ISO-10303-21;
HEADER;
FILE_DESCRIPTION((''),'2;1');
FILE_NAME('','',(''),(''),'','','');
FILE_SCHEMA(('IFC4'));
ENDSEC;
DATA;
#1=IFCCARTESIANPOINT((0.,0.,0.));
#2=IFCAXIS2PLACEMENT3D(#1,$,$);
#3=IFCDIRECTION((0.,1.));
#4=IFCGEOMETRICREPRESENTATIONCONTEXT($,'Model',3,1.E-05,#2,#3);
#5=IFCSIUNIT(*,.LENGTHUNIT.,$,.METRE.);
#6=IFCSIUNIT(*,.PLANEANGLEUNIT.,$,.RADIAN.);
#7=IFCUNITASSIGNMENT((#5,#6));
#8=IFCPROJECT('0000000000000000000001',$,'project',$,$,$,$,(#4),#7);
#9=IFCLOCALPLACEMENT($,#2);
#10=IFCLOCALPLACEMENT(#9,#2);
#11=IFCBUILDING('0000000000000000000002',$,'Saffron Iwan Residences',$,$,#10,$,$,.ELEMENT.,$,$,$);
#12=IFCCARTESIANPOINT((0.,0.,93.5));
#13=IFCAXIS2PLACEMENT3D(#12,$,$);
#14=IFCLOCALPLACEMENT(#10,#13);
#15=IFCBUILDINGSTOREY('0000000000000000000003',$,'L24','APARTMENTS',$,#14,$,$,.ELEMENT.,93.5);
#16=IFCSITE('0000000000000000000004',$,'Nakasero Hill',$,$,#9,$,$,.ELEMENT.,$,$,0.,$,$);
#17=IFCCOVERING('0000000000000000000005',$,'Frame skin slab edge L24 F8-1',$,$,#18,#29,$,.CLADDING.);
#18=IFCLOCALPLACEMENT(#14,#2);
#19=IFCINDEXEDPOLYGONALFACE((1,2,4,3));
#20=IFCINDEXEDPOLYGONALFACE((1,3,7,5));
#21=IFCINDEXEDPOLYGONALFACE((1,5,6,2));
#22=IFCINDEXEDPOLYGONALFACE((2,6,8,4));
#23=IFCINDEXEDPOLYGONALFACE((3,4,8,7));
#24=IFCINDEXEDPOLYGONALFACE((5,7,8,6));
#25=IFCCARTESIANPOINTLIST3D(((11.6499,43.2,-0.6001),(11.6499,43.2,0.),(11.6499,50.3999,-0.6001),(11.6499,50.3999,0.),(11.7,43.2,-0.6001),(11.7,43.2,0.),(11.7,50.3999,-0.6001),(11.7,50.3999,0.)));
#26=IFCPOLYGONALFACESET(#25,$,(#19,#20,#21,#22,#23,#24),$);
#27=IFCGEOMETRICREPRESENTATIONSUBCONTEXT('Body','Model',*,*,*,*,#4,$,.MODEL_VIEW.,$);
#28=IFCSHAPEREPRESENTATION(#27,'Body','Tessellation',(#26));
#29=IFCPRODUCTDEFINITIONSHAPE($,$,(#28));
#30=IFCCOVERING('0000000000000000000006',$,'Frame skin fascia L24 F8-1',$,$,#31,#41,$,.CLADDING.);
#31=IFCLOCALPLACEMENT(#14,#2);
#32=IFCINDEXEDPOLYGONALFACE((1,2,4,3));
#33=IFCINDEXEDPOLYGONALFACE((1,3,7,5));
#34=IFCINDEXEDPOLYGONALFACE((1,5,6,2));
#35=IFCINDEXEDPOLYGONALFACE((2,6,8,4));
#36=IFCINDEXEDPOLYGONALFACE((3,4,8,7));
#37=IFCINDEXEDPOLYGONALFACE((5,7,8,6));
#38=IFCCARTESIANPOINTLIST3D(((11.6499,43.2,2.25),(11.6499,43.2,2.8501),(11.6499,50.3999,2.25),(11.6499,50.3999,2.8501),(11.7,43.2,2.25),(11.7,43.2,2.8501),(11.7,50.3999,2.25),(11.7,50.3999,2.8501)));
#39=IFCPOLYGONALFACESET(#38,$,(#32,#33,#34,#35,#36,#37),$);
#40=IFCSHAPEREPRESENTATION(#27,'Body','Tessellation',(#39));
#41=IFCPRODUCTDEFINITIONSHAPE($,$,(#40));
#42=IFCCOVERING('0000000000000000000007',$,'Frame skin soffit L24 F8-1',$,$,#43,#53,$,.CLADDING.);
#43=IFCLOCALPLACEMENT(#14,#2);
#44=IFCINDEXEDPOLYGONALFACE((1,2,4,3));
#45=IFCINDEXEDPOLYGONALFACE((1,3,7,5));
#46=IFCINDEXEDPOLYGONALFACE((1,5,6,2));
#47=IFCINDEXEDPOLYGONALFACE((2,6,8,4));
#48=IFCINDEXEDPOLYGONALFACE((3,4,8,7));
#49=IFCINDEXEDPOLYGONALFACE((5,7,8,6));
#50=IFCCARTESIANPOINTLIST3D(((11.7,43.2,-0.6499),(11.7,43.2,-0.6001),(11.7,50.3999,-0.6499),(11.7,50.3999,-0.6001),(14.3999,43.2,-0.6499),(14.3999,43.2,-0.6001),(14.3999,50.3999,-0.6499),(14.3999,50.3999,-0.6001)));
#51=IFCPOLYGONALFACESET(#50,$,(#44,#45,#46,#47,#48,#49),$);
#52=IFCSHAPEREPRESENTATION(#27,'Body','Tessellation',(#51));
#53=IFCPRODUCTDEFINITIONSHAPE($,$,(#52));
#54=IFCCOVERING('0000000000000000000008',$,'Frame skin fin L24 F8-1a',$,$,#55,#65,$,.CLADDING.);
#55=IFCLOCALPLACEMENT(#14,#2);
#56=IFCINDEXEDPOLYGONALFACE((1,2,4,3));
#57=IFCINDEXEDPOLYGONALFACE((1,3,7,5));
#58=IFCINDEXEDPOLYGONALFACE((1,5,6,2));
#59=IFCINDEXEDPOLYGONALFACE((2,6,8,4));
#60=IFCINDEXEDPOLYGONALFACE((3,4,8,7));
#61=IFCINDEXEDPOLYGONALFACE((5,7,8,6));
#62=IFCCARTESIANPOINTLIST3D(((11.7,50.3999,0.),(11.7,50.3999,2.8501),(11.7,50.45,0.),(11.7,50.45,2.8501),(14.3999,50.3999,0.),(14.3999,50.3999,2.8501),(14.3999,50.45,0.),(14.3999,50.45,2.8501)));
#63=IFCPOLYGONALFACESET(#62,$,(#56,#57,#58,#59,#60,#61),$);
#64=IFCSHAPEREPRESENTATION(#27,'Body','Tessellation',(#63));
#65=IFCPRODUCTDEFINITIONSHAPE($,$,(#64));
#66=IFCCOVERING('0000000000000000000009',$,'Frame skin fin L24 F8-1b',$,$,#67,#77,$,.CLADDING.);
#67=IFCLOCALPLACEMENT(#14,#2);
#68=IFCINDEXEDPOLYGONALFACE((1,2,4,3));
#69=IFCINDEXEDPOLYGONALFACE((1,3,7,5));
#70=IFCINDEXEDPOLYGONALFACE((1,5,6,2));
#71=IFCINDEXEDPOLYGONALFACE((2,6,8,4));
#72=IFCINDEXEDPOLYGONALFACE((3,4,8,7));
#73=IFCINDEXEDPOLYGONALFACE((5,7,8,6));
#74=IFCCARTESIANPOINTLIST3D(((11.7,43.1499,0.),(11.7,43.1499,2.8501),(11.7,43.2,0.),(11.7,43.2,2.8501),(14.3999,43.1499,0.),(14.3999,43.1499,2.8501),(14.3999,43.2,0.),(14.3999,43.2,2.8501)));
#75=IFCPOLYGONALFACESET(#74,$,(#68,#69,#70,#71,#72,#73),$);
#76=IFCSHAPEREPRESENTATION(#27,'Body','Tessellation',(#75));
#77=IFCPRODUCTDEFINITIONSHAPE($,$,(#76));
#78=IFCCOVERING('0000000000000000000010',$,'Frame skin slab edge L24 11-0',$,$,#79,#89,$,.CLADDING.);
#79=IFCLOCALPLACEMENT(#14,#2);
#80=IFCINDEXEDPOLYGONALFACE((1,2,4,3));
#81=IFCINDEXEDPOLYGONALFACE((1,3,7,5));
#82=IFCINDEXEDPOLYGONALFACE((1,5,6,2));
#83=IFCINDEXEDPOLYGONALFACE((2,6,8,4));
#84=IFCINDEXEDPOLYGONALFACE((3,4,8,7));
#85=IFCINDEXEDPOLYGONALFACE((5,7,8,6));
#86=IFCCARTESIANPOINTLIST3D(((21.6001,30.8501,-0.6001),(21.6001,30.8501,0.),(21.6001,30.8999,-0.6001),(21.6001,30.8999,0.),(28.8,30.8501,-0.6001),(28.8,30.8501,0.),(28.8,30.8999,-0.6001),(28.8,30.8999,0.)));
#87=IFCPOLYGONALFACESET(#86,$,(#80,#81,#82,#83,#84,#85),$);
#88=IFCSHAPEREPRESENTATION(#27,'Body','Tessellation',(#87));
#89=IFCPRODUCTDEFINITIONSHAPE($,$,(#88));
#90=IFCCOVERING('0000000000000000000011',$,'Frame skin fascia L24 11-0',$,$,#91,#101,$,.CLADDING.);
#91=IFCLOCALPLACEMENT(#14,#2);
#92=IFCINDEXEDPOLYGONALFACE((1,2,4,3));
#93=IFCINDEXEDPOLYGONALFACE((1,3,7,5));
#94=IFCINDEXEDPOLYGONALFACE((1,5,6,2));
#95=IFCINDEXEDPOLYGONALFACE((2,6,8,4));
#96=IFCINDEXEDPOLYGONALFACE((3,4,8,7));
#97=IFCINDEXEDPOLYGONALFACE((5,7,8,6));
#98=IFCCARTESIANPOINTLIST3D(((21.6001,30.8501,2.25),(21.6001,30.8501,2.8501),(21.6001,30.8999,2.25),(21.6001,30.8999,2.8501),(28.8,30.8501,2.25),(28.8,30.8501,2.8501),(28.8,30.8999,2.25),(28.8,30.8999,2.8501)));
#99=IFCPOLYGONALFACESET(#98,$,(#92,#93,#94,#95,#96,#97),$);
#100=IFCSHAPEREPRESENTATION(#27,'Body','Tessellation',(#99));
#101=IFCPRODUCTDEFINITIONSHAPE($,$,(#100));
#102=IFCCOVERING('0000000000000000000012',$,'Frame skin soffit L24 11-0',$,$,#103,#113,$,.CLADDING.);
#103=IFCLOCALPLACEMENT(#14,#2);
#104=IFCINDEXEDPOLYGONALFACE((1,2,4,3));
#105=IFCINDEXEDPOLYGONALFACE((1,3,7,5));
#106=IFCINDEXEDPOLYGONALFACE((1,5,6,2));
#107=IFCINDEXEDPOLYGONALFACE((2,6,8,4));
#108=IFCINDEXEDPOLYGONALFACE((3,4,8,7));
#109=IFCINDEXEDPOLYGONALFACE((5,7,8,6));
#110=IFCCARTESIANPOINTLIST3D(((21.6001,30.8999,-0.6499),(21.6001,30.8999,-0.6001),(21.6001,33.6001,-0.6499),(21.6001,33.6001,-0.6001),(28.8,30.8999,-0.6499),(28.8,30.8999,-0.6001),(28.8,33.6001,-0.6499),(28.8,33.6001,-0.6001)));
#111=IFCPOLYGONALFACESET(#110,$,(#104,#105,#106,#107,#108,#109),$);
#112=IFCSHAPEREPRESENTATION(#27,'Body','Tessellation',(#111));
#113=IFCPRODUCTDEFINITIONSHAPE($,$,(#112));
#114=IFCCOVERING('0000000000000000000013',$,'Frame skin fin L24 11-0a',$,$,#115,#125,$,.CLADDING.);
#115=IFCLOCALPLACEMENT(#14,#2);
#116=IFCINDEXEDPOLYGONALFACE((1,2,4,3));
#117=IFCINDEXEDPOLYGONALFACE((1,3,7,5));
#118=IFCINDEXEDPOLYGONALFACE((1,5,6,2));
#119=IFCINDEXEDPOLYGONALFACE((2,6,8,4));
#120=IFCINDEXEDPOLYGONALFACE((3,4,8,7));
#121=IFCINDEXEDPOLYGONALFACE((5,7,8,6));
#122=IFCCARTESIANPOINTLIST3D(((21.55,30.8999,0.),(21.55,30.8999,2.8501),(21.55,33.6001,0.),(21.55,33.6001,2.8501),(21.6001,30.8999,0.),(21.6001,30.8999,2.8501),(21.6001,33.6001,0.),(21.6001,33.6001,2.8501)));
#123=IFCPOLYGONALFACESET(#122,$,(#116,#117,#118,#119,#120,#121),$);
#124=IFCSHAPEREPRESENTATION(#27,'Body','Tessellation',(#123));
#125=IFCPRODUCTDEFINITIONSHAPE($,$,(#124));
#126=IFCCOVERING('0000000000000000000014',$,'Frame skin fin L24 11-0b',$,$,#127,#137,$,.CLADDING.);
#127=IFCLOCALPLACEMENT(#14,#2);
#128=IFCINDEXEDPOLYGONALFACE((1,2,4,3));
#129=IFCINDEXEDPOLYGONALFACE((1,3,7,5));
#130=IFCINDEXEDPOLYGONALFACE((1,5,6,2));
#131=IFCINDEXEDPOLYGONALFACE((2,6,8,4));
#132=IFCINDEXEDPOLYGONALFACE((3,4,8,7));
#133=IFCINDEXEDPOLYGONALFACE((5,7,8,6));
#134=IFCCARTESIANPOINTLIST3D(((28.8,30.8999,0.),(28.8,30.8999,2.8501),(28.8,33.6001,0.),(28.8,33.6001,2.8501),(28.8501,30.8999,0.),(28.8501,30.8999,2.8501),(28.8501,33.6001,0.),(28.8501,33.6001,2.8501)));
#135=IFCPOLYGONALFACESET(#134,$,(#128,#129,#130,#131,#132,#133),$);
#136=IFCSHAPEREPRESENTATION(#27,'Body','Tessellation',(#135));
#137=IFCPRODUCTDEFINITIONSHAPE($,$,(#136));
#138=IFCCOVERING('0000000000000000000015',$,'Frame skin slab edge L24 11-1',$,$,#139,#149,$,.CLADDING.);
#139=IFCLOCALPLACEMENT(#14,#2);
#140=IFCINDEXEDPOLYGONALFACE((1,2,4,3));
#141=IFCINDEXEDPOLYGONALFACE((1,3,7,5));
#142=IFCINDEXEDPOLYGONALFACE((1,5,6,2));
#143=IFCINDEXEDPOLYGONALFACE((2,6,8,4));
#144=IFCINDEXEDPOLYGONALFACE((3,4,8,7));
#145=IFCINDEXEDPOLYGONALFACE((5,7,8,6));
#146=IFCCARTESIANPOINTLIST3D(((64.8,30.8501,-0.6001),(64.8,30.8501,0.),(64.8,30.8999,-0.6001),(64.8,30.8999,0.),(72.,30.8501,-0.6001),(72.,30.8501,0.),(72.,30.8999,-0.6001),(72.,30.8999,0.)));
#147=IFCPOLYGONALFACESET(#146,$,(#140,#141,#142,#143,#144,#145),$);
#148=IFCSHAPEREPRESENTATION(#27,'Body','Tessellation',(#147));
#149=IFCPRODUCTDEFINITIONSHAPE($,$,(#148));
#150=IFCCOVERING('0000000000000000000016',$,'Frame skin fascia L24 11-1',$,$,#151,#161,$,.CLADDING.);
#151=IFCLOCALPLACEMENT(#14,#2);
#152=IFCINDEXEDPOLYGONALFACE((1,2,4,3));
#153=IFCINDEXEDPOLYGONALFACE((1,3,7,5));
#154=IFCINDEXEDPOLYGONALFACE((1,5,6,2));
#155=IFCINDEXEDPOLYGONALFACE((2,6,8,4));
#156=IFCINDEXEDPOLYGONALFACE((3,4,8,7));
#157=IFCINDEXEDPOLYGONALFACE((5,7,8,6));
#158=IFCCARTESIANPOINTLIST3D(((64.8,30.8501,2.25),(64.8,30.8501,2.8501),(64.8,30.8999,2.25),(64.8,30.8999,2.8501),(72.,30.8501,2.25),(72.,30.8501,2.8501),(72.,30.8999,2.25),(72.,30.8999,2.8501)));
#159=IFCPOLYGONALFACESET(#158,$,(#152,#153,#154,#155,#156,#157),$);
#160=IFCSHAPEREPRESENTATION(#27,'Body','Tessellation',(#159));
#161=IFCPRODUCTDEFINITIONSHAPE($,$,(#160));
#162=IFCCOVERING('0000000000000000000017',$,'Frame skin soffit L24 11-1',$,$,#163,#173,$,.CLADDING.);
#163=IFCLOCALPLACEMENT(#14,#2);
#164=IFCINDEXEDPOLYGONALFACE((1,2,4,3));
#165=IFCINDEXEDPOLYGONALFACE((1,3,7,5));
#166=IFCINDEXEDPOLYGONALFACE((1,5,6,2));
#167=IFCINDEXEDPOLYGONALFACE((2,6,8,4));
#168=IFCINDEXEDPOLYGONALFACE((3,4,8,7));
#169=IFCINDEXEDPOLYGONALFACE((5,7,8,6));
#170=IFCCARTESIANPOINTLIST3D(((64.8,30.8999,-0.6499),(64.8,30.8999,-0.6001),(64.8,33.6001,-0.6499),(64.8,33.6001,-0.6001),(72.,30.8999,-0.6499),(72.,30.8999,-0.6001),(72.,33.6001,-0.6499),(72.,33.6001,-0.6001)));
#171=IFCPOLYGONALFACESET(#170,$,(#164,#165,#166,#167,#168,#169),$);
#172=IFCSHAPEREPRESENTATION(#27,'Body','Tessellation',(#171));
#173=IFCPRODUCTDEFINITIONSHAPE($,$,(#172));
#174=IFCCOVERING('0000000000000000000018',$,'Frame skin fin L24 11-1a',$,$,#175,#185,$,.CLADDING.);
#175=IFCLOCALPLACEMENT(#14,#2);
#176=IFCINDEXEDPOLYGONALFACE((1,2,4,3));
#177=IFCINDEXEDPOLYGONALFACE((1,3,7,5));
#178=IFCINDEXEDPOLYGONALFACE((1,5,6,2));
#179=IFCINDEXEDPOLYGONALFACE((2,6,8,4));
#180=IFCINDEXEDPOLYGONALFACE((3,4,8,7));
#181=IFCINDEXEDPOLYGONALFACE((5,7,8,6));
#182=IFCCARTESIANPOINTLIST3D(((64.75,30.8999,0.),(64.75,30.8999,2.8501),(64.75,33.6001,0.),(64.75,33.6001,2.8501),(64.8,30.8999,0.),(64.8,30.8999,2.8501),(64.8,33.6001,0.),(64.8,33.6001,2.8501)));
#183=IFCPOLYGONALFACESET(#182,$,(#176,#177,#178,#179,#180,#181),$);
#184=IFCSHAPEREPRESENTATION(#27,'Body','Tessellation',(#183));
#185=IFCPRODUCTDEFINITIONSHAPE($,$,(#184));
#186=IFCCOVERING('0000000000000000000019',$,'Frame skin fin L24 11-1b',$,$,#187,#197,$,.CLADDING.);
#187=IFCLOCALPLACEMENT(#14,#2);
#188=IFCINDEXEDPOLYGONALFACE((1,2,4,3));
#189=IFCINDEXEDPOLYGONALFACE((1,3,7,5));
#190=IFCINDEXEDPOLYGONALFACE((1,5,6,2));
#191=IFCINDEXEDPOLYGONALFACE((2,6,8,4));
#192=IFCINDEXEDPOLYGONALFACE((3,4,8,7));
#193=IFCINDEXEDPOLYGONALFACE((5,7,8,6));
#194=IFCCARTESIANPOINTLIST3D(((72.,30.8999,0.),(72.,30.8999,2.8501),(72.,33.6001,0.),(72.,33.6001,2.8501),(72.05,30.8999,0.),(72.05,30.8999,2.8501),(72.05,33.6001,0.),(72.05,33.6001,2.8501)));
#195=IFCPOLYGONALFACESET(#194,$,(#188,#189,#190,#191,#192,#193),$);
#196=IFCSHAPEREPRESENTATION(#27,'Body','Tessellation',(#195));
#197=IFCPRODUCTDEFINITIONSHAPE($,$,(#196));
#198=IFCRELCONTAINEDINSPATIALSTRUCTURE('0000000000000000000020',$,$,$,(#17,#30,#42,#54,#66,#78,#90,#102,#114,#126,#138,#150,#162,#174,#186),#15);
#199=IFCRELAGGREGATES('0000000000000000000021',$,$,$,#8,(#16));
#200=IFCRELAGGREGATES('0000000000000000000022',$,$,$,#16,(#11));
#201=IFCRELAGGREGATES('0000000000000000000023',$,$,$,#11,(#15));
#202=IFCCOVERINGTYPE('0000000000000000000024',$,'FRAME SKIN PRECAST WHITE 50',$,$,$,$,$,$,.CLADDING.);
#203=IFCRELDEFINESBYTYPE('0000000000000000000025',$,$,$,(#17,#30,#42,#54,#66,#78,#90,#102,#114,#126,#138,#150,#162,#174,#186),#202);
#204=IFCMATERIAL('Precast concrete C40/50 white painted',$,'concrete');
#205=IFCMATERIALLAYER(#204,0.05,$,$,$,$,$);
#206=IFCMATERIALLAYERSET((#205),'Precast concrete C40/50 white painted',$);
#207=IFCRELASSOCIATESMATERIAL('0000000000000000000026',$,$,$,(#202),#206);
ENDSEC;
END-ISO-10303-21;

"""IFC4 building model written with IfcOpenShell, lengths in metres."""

from ifc_helpers import new_model, si_unit, direction, frame, origin, place, context, subcontext, project, spatial, polyline, outline, extrude, material, layer, layer_set, type_object, element, save


model = new_model("IFC4")

# Units and contexts
model_context = context("Model", 3, precision=1e-05, world=origin(), true_north=direction((0.0, 1.0)))
body_context = subcontext(model_context, "Body", "Model", "MODEL_VIEW")
ifc_project = project(units=[si_unit("LENGTHUNIT", "METRE"), si_unit("PLANEANGLEUNIT", "RADIAN")], contexts=[model_context])

# Site, building, storey
site_placement = place(None, origin())
site = spatial("IfcSite", under=ifc_project, at=site_placement, Name="Nakasero Hill", CompositionType="ELEMENT", RefElevation=0.0)
building_placement = place(site_placement, origin())
building = spatial("IfcBuilding", under=site, at=building_placement, Name="Saffron Iwan Residences", CompositionType="ELEMENT")
storey_placement = place(building_placement, frame((0.0, 0.0, 93.5)))
storey = spatial("IfcBuildingStorey", under=building, at=storey_placement, Name="L24", Description="APARTMENTS", CompositionType="ELEMENT", Elevation=93.5)

# Coverings
ifc_material_1 = material(Name="Precast concrete C40/50 white painted", Category="concrete")
ifc_layer_1 = layer(ifc_material_1, 0.05)
ifc_layer_set_1 = layer_set([ifc_layer_1], Name="Precast concrete C40/50 white painted")
covering_type_1 = type_object("IfcCoveringType", Name="FRAME SKIN PRECAST WHITE 50", PredefinedType="CLADDING", material=ifc_layer_set_1)
for number, where, name in (
    (1, (0.0, 0.0, -0.6001), "Frame skin slab edge L24 F8-1"),
    (2, (0.0, 0.0, 2.25), "Frame skin fascia L24 F8-1"),
):
    element("IfcCovering", number, at=place(storey_placement, frame(where)), inside=storey, type_object=covering_type_1, Name=name, PredefinedType="CLADDING", context=body_context, shape_type="SweptSolid", body=[
        extrude(outline(polyline([(11.6499, 50.3999), (11.6499, 43.2), (11.7, 43.2), (11.7, 50.3999), (11.6499, 50.3999)])), origin(), (0.0, 0.0, 1.0), 0.6001),
    ])
covering_1_placement = place(storey_placement, frame((0.0, 0.0, -0.6499)))
element("IfcCovering", 3, at=covering_1_placement, inside=storey, type_object=covering_type_1, Name="Frame skin soffit L24 F8-1", PredefinedType="CLADDING", context=body_context, shape_type="SweptSolid", body=[
    extrude(outline(polyline([(11.7, 50.3999), (11.7, 43.2), (14.3999, 43.2), (14.3999, 50.3999), (11.7, 50.3999)])), origin(), (0.0, 0.0, 1.0), 0.0498),
])
covering_2_placement = place(storey_placement, origin())
element("IfcCovering", 4, at=covering_2_placement, inside=storey, type_object=covering_type_1, Name="Frame skin fin L24 F8-1a", PredefinedType="CLADDING", context=body_context, shape_type="SweptSolid", body=[
    extrude(outline(polyline([(11.7, 50.45), (11.7, 50.3999), (14.3999, 50.3999), (14.3999, 50.45), (11.7, 50.45)])), origin(), (0.0, 0.0, 1.0), 2.8501),
])
covering_3_placement = place(storey_placement, origin())
element("IfcCovering", 5, at=covering_3_placement, inside=storey, type_object=covering_type_1, Name="Frame skin fin L24 F8-1b", PredefinedType="CLADDING", context=body_context, shape_type="SweptSolid", body=[
    extrude(outline(polyline([(11.7, 43.2), (11.7, 43.1499), (14.3999, 43.1499), (14.3999, 43.2), (11.7, 43.2)])), origin(), (0.0, 0.0, 1.0), 2.8501),
])
for number, where, name in (
    (6, (0.0, 0.0, -0.6001), "Frame skin slab edge L24 11-0"),
    (7, (0.0, 0.0, 2.25), "Frame skin fascia L24 11-0"),
):
    element("IfcCovering", number, at=place(storey_placement, frame(where)), inside=storey, type_object=covering_type_1, Name=name, PredefinedType="CLADDING", context=body_context, shape_type="SweptSolid", body=[
        extrude(outline(polyline([(21.6001, 30.8501), (28.8, 30.8501), (28.8, 30.8999), (21.6001, 30.8999), (21.6001, 30.8501)])), origin(), (0.0, 0.0, 1.0), 0.6001),
    ])
covering_4_placement = place(storey_placement, frame((0.0, 0.0, -0.6499)))
element("IfcCovering", 8, at=covering_4_placement, inside=storey, type_object=covering_type_1, Name="Frame skin soffit L24 11-0", PredefinedType="CLADDING", context=body_context, shape_type="SweptSolid", body=[
    extrude(outline(polyline([(21.6001, 30.8999), (28.8, 30.8999), (28.8, 33.6001), (21.6001, 33.6001), (21.6001, 30.8999)])), origin(), (0.0, 0.0, 1.0), 0.0498),
])
covering_5_placement = place(storey_placement, origin())
element("IfcCovering", 9, at=covering_5_placement, inside=storey, type_object=covering_type_1, Name="Frame skin fin L24 11-0a", PredefinedType="CLADDING", context=body_context, shape_type="SweptSolid", body=[
    extrude(outline(polyline([(21.55, 30.8999), (21.6001, 30.8999), (21.6001, 33.6001), (21.55, 33.6001), (21.55, 30.8999)])), origin(), (0.0, 0.0, 1.0), 2.8501),
])
covering_6_placement = place(storey_placement, origin())
element("IfcCovering", 10, at=covering_6_placement, inside=storey, type_object=covering_type_1, Name="Frame skin fin L24 11-0b", PredefinedType="CLADDING", context=body_context, shape_type="SweptSolid", body=[
    extrude(outline(polyline([(28.8, 30.8999), (28.8501, 30.8999), (28.8501, 33.6001), (28.8, 33.6001), (28.8, 30.8999)])), origin(), (0.0, 0.0, 1.0), 2.8501),
])
for number, where, name in (
    (11, (0.0, 0.0, -0.6001), "Frame skin slab edge L24 11-1"),
    (12, (0.0, 0.0, 2.25), "Frame skin fascia L24 11-1"),
):
    element("IfcCovering", number, at=place(storey_placement, frame(where)), inside=storey, type_object=covering_type_1, Name=name, PredefinedType="CLADDING", context=body_context, shape_type="SweptSolid", body=[
        extrude(outline(polyline([(64.8, 30.8501), (72.0, 30.8501), (72.0, 30.8999), (64.8, 30.8999), (64.8, 30.8501)])), origin(), (0.0, 0.0, 1.0), 0.6001),
    ])
covering_7_placement = place(storey_placement, frame((0.0, 0.0, -0.6499)))
element("IfcCovering", 13, at=covering_7_placement, inside=storey, type_object=covering_type_1, Name="Frame skin soffit L24 11-1", PredefinedType="CLADDING", context=body_context, shape_type="SweptSolid", body=[
    extrude(outline(polyline([(64.8, 30.8999), (72.0, 30.8999), (72.0, 33.6001), (64.8, 33.6001), (64.8, 30.8999)])), origin(), (0.0, 0.0, 1.0), 0.0498),
])
covering_8_placement = place(storey_placement, origin())
element("IfcCovering", 14, at=covering_8_placement, inside=storey, type_object=covering_type_1, Name="Frame skin fin L24 11-1a", PredefinedType="CLADDING", context=body_context, shape_type="SweptSolid", body=[
    extrude(outline(polyline([(64.75, 30.8999), (64.8, 30.8999), (64.8, 33.6001), (64.75, 33.6001), (64.75, 30.8999)])), origin(), (0.0, 0.0, 1.0), 2.8501),
])
covering_9_placement = place(storey_placement, origin())
element("IfcCovering", 15, at=covering_9_placement, inside=storey, type_object=covering_type_1, Name="Frame skin fin L24 11-1b", PredefinedType="CLADDING", context=body_context, shape_type="SweptSolid", body=[
    extrude(outline(polyline([(72.0, 30.8999), (72.05, 30.8999), (72.05, 33.6001), (72.0, 33.6001), (72.0, 30.8999)])), origin(), (0.0, 0.0, 1.0), 2.8501),
])

save(model, "model.ifc")
